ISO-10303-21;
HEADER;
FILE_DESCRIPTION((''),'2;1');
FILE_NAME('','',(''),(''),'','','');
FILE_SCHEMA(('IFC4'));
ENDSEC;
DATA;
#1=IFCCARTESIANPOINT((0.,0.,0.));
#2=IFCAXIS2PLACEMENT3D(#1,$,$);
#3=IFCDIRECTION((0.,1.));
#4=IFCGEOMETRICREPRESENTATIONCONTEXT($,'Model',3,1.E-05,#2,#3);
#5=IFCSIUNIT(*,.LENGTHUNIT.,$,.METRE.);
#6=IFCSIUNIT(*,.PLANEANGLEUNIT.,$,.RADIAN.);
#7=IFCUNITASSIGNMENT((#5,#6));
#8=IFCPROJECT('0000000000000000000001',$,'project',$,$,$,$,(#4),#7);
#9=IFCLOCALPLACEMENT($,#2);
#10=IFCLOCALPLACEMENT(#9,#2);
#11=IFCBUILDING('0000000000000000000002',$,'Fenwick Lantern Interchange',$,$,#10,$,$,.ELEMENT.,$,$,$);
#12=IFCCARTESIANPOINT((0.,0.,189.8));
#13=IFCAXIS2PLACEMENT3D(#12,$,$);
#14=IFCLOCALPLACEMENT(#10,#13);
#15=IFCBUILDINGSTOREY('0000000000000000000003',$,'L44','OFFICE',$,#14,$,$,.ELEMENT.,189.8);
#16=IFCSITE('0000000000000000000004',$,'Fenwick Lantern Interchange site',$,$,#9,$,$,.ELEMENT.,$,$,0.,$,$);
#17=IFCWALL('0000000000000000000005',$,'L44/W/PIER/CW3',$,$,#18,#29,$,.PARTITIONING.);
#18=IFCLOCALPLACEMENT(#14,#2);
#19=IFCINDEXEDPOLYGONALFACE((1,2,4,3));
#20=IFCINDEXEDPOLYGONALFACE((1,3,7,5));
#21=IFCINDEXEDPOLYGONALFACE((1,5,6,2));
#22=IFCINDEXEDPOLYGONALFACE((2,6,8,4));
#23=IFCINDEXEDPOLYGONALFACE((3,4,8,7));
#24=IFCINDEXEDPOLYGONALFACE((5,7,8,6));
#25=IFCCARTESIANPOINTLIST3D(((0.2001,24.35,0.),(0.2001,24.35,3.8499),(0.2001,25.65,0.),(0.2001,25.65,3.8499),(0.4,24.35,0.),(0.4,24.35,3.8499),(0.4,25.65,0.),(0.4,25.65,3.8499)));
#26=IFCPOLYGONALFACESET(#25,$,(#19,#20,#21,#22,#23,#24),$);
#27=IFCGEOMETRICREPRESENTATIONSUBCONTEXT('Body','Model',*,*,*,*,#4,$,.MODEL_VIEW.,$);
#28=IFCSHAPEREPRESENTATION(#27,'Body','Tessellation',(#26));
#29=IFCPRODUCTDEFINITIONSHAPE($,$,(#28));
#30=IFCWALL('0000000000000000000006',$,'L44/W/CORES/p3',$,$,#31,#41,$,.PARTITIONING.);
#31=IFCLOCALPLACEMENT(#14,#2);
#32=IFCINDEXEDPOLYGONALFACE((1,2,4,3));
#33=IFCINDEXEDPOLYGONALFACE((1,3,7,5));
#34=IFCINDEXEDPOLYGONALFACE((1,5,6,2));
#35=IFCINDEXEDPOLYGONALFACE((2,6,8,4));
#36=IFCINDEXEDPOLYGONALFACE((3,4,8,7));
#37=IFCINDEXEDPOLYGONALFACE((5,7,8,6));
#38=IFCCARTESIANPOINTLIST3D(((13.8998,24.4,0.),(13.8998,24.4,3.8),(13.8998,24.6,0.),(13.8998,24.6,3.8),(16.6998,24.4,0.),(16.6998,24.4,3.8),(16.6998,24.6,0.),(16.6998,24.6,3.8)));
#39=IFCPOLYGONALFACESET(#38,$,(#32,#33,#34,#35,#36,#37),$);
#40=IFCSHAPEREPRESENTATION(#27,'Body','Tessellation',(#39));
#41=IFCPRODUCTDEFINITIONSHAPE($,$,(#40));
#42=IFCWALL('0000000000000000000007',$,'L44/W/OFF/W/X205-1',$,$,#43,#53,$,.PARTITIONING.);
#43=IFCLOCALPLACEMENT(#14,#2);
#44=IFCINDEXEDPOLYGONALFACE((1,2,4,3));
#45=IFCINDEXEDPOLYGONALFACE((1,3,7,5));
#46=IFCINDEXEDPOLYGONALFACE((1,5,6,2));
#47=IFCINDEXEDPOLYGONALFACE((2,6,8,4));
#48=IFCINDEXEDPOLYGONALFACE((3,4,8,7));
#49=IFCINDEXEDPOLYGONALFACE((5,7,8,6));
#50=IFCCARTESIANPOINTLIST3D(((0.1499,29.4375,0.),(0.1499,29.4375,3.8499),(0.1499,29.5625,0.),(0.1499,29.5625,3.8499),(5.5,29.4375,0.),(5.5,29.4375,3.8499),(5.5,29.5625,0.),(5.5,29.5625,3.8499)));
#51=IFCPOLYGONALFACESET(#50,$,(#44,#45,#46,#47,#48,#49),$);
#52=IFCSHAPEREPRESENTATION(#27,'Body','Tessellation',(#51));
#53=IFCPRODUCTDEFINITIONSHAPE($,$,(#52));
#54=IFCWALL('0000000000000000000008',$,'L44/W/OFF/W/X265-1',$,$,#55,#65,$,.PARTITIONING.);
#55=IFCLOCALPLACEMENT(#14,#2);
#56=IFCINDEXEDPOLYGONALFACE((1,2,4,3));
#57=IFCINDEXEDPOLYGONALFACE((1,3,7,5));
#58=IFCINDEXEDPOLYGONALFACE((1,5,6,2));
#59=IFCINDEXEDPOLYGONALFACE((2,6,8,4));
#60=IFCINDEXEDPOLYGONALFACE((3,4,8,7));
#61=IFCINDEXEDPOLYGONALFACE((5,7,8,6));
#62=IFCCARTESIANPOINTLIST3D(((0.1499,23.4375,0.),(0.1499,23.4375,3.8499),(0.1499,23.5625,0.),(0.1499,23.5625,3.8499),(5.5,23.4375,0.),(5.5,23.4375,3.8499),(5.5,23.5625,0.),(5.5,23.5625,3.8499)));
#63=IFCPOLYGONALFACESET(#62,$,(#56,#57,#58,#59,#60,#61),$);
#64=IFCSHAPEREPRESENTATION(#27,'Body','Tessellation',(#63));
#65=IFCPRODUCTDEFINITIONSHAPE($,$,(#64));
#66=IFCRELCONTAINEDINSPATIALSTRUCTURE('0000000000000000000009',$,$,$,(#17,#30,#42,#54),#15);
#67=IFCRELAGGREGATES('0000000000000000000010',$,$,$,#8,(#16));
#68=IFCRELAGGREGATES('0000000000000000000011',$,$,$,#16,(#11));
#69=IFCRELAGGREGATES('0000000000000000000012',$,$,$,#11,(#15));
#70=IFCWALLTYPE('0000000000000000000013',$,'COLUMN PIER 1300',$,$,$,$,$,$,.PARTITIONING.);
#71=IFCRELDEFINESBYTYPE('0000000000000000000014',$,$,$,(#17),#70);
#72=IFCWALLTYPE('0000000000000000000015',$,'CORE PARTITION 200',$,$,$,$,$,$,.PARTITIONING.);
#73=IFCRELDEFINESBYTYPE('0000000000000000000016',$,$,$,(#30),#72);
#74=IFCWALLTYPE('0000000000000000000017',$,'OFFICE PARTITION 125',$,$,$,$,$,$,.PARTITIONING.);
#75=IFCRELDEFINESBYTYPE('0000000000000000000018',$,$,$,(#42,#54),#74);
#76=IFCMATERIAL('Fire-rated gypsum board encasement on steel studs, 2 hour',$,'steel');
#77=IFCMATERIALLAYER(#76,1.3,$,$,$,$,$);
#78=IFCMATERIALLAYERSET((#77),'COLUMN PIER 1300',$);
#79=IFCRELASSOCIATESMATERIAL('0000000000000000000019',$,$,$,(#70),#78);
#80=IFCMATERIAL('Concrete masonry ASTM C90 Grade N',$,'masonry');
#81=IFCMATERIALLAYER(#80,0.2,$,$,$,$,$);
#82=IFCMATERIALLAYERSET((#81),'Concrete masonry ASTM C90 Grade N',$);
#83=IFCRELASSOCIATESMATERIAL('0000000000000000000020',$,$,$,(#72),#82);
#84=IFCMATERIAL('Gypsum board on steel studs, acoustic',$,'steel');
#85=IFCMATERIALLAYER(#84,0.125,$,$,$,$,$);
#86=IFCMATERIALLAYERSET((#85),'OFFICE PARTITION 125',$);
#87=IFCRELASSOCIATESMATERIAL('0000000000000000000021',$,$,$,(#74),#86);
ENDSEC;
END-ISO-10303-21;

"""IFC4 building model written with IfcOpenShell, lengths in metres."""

from ifc_helpers import new_model, si_unit, direction, frame, frame_2d, origin, place, context, subcontext, project, spatial, rectangle, extrude, material, layer, layer_set, type_object, element, save


model = new_model("IFC4")

# Units and contexts
model_context = context("Model", 3, precision=1e-05, world=origin(), true_north=direction((0.0, 1.0)))
body_context = subcontext(model_context, "Body", "Model", "MODEL_VIEW")
ifc_project = project(units=[si_unit("LENGTHUNIT", "METRE"), si_unit("PLANEANGLEUNIT", "RADIAN")], contexts=[model_context])

# Site, building, storey
site_placement = place(None, origin())
site = spatial("IfcSite", under=ifc_project, at=site_placement, Name="Fenwick Lantern Interchange site", CompositionType="ELEMENT", RefElevation=0.0)
building_placement = place(site_placement, origin())
building = spatial("IfcBuilding", under=site, at=building_placement, Name="Fenwick Lantern Interchange", CompositionType="ELEMENT")
storey_placement = place(building_placement, frame((0.0, 0.0, 189.8)))
storey = spatial("IfcBuildingStorey", under=building, at=storey_placement, Name="L44", Description="OFFICE", CompositionType="ELEMENT", Elevation=189.8)

# Walls
ifc_material_1 = material(Name="Fire-rated gypsum board encasement on steel studs, 2 hour", Category="steel")
ifc_layer_1 = layer(ifc_material_1, 1.3)
ifc_layer_set_1 = layer_set([ifc_layer_1], Name="COLUMN PIER 1300")
wall_type_1 = type_object("IfcWallType", Name="COLUMN PIER 1300", PredefinedType="PARTITIONING", material=ifc_layer_set_1)
wall_1_placement = place(storey_placement, frame((0.2, 25.0, 0.0), z_axis=(0.0, 0.0, 1.0), x_axis=(1.0, 0.0, 0.0)))
element("IfcWall", 1, at=wall_1_placement, inside=storey, type_object=wall_type_1, Name="L44/W/PIER/CW3", PredefinedType="PARTITIONING", context=body_context, shape_type="SweptSolid", body=[
    extrude(rectangle(XDim=0.2, YDim=1.3, at=frame_2d((0.1001, 0.0))), origin(), (0.0, 0.0, 1.0), 3.8499),
])
ifc_material_2 = material(Name="Concrete masonry ASTM C90 Grade N", Category="masonry")
ifc_layer_2 = layer(ifc_material_2, 0.2)
ifc_layer_set_2 = layer_set([ifc_layer_2], Name="Concrete masonry ASTM C90 Grade N")
wall_type_2 = type_object("IfcWallType", Name="CORE PARTITION 200", PredefinedType="PARTITIONING", material=ifc_layer_set_2)
wall_2_placement = place(storey_placement, frame((13.8999, 24.5, 0.0), z_axis=(0.0, 0.0, 1.0), x_axis=(1.0, 0.0, 0.0)))
element("IfcWall", 2, at=wall_2_placement, inside=storey, type_object=wall_type_2, Name="L44/W/CORES/p3", PredefinedType="PARTITIONING", context=body_context, shape_type="SweptSolid", body=[
    extrude(rectangle(XDim=2.8, YDim=0.2, at=frame_2d((1.3999, 0.0))), origin(), (0.0, 0.0, 1.0), 3.8),
])
ifc_material_3 = material(Name="Gypsum board on steel studs, acoustic", Category="steel")
ifc_layer_3 = layer(ifc_material_3, 0.125)
ifc_layer_set_3 = layer_set([ifc_layer_3], Name="OFFICE PARTITION 125")
wall_type_3 = type_object("IfcWallType", Name="OFFICE PARTITION 125", PredefinedType="PARTITIONING", material=ifc_layer_set_3)
for number, where, z_axis, x_axis, name in (
    (3, (0.1499, 29.5, 0.0), (0.0, 0.0, 1.0), (1.0, 0.0, 0.0), "L44/W/OFF/W/X205-1"),
    (4, (0.1499, 23.5, 0.0), (0.0, 0.0, 1.0), (1.0, 0.0, 0.0), "L44/W/OFF/W/X265-1"),
):
    element("IfcWall", number, at=place(storey_placement, frame(where, z_axis=z_axis, x_axis=x_axis)), inside=storey, type_object=wall_type_3, Name=name, PredefinedType="PARTITIONING", context=body_context, shape_type="SweptSolid", body=[
        extrude(rectangle(XDim=5.3501, YDim=0.125, at=frame_2d((2.675, 0.0))), origin(), (0.0, 0.0, 1.0), 3.8499),
    ])

save(model, "model.ifc")
